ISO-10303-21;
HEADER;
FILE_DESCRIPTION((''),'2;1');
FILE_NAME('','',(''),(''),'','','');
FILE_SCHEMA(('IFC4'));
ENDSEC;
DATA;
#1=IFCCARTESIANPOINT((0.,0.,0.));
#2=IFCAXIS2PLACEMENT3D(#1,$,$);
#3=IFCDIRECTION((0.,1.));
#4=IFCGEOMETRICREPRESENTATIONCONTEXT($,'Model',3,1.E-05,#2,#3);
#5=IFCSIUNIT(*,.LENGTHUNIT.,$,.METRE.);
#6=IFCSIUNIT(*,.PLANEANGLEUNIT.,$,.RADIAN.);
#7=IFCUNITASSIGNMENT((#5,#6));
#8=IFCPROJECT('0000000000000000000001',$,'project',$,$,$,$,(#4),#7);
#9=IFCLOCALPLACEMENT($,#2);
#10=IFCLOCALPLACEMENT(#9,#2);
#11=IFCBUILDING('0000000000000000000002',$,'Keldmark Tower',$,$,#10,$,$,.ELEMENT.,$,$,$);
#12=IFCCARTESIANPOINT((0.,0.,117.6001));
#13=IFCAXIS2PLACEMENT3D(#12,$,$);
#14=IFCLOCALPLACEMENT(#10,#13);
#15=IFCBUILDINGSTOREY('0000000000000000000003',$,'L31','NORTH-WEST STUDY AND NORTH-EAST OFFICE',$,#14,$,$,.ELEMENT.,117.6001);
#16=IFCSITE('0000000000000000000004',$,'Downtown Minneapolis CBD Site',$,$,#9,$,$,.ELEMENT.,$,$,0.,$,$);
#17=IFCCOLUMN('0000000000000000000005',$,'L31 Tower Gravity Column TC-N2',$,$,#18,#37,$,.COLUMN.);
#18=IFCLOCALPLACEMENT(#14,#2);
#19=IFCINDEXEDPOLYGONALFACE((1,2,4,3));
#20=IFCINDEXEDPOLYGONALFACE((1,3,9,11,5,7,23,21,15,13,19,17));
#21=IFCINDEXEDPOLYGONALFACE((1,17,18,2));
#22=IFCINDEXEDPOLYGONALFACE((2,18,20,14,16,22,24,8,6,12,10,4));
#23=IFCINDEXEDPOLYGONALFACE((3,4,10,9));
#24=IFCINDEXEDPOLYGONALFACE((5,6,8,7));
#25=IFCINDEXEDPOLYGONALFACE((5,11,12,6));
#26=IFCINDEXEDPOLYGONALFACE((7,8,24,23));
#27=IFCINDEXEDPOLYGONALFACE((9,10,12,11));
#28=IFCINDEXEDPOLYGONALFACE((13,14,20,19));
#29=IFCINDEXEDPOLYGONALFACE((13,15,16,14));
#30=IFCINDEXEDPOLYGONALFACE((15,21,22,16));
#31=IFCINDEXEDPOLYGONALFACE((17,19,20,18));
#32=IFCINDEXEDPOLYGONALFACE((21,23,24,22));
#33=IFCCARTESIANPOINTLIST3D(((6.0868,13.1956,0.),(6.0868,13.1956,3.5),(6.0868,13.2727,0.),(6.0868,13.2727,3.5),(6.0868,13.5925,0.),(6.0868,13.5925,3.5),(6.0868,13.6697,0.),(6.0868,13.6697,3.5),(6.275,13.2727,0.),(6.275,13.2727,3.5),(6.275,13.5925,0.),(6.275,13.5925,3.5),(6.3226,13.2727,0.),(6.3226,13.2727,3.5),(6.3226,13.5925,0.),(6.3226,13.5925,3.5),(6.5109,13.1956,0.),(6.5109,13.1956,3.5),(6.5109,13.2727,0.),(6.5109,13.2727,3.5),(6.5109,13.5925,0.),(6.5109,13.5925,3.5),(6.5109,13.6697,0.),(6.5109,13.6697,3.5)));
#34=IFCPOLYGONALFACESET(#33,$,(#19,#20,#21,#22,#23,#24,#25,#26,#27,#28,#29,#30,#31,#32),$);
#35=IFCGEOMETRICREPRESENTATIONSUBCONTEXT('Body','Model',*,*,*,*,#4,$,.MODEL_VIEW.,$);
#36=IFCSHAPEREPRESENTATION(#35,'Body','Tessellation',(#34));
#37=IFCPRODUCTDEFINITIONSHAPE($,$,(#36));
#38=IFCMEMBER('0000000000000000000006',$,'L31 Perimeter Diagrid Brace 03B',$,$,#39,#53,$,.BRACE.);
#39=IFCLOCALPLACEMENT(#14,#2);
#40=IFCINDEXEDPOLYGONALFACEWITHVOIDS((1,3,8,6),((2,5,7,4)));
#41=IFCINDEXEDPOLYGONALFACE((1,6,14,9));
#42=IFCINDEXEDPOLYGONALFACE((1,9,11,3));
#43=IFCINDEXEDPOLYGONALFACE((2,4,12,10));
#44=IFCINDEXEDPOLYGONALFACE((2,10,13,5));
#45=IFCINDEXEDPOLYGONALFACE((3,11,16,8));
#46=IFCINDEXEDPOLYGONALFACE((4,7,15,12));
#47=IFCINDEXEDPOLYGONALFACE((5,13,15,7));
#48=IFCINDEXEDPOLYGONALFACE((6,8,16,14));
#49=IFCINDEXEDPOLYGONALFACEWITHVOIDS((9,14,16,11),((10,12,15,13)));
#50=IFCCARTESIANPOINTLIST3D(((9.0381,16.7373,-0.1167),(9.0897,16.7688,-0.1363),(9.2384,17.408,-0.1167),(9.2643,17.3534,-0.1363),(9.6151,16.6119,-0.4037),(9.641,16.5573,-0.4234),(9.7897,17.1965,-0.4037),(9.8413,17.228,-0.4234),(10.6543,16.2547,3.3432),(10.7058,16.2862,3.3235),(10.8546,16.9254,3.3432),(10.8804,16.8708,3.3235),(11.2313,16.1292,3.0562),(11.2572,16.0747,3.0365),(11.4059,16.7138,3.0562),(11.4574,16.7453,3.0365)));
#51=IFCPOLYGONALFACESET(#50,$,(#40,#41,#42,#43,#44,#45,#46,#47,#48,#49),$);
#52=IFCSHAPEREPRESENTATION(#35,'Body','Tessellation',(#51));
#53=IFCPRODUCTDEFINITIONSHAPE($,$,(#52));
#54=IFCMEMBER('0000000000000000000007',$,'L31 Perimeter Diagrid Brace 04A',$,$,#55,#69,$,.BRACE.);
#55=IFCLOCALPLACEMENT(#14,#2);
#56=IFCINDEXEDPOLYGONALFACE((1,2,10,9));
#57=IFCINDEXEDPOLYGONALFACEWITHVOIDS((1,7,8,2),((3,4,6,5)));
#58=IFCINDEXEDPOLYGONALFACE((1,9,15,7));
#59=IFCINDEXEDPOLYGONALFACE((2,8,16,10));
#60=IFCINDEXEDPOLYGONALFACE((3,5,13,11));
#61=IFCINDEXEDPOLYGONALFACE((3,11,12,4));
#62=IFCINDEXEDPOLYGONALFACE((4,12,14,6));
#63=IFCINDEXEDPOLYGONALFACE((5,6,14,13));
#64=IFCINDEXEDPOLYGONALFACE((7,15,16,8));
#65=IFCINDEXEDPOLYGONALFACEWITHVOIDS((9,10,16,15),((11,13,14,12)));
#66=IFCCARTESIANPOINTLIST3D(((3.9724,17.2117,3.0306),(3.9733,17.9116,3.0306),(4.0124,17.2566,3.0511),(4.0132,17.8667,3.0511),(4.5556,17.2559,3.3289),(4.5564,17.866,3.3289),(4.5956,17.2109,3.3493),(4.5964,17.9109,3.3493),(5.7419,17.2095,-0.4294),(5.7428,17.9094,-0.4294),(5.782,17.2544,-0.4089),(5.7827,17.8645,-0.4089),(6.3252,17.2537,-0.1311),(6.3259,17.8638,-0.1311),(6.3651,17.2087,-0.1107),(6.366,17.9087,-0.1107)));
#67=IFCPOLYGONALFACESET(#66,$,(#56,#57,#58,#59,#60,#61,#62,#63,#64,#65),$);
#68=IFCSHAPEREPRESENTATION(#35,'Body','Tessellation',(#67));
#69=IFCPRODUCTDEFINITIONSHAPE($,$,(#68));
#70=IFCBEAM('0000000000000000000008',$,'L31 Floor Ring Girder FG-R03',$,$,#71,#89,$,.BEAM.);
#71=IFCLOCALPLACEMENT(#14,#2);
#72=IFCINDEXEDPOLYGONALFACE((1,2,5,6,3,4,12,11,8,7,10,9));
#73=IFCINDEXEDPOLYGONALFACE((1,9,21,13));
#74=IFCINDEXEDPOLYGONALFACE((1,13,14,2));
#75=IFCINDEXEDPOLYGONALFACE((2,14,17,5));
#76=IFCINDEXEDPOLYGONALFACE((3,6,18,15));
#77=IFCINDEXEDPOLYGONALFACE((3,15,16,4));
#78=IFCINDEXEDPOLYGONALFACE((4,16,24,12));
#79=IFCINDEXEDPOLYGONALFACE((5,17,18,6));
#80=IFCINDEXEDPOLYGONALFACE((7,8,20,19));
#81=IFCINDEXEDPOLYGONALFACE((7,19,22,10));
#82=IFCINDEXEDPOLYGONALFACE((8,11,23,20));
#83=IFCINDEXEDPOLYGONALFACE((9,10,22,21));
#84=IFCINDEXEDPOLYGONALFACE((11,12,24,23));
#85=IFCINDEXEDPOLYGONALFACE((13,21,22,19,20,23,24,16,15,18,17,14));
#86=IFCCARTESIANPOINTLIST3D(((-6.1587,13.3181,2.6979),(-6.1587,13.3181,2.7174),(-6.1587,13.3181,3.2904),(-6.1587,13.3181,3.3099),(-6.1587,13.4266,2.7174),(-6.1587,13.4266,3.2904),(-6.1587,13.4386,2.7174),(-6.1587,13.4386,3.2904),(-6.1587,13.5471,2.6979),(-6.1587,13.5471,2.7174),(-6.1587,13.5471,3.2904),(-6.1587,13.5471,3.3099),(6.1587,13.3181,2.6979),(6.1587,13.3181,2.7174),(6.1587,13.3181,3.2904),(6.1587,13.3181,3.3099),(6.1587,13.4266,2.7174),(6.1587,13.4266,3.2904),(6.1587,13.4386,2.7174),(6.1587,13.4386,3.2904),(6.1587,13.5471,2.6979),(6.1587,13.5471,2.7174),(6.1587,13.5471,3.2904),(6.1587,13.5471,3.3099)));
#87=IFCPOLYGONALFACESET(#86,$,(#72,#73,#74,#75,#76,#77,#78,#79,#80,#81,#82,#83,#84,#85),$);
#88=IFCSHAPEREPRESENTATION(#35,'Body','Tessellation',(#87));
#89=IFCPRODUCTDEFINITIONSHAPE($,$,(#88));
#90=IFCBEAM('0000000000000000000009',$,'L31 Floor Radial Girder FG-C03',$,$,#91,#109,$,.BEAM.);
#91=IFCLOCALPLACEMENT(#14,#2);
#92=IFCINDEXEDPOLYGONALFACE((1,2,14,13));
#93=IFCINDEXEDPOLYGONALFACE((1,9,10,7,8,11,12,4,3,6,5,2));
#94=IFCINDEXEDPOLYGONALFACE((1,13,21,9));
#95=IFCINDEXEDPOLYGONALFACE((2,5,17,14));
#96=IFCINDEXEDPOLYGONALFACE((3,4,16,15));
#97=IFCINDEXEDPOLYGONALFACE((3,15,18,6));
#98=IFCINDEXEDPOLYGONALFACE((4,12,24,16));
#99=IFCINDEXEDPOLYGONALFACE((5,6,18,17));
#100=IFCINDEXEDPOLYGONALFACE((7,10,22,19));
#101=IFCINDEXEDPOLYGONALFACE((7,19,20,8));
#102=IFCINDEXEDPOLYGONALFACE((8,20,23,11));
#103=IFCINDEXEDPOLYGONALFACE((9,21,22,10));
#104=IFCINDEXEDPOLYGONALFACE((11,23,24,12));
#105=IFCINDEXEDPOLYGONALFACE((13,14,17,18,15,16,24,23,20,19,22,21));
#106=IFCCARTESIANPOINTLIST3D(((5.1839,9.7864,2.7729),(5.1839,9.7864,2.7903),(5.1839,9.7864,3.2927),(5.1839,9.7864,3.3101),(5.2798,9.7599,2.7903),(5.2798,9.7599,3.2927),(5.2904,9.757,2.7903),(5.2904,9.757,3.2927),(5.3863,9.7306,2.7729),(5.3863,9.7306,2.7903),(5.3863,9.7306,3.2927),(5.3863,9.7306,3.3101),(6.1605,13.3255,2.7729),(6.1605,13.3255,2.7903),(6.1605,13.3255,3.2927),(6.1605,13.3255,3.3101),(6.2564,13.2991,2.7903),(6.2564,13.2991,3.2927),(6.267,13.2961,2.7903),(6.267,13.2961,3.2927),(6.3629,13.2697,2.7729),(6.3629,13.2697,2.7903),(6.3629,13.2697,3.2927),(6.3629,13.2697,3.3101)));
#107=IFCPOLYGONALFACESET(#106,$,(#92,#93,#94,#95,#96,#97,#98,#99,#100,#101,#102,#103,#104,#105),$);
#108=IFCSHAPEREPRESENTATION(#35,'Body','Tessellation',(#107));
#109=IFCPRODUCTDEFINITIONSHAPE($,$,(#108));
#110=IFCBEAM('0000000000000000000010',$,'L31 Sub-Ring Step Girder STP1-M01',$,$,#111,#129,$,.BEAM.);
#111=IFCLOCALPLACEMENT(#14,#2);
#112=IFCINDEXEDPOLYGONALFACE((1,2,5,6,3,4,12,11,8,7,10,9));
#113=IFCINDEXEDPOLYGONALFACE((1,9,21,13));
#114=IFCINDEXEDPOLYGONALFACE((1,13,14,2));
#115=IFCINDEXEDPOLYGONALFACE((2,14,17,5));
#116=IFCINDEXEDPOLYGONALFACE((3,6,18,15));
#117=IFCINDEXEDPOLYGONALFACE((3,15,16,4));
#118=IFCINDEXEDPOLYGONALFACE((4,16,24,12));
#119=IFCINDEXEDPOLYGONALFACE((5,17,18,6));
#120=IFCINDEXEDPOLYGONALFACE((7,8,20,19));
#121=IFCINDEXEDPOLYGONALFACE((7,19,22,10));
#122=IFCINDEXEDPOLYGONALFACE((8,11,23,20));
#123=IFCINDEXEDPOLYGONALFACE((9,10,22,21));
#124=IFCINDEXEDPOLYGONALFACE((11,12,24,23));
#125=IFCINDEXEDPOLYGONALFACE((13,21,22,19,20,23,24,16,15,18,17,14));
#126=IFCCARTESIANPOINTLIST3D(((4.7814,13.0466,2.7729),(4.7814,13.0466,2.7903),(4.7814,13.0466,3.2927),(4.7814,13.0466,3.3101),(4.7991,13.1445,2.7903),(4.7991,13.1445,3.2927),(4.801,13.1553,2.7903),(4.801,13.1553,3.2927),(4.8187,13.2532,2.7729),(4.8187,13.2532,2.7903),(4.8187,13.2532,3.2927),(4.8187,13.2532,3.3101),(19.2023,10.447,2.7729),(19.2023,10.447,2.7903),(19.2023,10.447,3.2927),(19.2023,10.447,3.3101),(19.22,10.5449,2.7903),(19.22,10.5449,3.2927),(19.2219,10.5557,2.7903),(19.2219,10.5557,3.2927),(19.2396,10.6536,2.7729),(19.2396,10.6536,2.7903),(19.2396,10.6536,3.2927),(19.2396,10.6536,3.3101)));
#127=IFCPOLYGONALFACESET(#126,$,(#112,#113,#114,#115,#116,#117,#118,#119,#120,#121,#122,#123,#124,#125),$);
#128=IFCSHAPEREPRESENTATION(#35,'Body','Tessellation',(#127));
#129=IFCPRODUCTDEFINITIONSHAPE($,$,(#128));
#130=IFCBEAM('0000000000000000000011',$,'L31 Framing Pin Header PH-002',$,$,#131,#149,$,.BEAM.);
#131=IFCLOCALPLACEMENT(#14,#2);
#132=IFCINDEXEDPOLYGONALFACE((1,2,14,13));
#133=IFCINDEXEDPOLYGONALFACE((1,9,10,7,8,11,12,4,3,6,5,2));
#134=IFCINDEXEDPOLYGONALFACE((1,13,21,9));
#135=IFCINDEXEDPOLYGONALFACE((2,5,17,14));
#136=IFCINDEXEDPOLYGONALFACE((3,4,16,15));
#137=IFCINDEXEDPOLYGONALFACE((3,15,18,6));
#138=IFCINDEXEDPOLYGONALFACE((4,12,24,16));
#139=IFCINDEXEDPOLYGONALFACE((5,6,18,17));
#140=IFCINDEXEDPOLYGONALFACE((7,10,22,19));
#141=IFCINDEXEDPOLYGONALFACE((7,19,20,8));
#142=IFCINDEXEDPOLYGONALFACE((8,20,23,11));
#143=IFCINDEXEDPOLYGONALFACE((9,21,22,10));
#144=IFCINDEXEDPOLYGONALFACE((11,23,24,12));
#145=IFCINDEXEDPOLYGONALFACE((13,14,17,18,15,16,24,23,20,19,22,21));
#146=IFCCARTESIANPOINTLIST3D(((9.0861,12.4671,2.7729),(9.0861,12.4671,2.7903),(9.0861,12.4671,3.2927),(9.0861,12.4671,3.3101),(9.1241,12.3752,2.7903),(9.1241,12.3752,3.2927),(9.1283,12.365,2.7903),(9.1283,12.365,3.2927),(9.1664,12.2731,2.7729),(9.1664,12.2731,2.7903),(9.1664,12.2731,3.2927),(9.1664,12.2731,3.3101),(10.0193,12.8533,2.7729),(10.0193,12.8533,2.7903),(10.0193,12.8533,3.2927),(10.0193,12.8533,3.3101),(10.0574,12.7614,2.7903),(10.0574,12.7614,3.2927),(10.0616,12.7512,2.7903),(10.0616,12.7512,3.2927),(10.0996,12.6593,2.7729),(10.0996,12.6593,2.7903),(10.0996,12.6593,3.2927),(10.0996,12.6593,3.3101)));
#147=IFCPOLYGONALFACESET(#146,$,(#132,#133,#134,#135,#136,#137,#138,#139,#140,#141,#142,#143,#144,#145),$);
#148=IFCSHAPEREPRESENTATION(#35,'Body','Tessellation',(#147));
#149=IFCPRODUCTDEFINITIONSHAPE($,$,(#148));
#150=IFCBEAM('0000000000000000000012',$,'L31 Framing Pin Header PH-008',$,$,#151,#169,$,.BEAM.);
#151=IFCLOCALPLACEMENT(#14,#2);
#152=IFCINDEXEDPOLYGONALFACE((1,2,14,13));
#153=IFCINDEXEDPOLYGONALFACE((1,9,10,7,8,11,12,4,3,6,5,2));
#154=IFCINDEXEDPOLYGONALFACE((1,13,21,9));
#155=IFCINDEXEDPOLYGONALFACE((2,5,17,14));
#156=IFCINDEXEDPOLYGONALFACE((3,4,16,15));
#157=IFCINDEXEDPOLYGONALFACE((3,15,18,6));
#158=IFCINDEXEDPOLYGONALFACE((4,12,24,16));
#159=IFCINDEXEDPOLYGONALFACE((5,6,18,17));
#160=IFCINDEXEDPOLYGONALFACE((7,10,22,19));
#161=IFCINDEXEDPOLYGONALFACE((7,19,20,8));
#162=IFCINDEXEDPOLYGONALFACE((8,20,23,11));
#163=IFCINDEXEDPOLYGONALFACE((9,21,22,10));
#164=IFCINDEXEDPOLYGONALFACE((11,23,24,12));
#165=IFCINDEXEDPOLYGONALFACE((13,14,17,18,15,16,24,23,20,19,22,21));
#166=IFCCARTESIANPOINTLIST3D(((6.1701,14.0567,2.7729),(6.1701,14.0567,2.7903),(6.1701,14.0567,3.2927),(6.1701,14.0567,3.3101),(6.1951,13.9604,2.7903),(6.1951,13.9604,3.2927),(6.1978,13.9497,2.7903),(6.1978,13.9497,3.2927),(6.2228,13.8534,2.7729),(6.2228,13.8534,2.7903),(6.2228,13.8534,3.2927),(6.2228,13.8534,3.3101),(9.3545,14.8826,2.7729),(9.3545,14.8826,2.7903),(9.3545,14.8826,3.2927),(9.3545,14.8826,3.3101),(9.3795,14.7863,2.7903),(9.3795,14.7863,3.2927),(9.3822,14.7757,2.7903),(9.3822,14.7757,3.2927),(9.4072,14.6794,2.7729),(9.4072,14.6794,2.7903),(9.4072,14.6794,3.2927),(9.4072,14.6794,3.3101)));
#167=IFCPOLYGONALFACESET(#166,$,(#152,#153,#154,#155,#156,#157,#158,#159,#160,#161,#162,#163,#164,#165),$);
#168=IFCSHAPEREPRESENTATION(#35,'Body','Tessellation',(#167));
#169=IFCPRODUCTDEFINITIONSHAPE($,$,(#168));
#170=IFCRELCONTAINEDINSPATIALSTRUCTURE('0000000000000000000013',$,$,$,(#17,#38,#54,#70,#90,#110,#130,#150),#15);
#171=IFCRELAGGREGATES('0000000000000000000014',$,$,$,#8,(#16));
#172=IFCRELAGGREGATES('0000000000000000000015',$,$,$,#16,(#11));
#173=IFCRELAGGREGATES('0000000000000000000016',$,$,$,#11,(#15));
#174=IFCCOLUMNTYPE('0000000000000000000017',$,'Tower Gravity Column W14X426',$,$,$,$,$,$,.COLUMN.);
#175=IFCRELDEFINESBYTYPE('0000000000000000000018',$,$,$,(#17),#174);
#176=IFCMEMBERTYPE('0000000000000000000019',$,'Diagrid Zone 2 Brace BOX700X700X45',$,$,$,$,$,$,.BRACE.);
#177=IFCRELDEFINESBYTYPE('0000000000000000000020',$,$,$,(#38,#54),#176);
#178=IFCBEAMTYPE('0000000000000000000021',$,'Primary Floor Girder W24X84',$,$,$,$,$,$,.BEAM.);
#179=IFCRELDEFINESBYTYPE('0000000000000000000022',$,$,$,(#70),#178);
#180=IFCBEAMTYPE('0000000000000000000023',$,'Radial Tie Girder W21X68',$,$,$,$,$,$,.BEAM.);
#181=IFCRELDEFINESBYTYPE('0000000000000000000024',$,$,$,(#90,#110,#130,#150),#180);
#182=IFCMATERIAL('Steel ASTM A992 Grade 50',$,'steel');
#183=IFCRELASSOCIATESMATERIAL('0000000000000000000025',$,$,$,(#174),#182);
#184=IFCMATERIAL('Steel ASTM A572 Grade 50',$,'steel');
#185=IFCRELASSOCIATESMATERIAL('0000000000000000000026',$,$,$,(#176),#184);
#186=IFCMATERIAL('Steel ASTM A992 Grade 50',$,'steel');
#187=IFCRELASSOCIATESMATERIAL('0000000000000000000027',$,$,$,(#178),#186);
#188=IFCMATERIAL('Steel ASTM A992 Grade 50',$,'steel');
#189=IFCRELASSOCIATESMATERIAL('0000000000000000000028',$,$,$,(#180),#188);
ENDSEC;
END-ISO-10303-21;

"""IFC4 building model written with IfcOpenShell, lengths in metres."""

from ifc_helpers import new_model, si_unit, direction, frame, origin, origin_2d, place, context, subcontext, project, spatial, hollow_rectangle, i_section, extrude, material, material_profile, profile_set, type_object, element, save


model = new_model("IFC4")

# Units and contexts
model_context = context("Model", 3, precision=1e-05, world=origin(), true_north=direction((0.0, 1.0)))
body_context = subcontext(model_context, "Body", "Model", "MODEL_VIEW")
ifc_project = project(units=[si_unit("LENGTHUNIT", "METRE"), si_unit("PLANEANGLEUNIT", "RADIAN")], contexts=[model_context])

# Site, building, storey
site_placement = place(None, origin())
site = spatial("IfcSite", under=ifc_project, at=site_placement, Name="Downtown Minneapolis CBD Site", CompositionType="ELEMENT", RefElevation=0.0)
building_placement = place(site_placement, origin())
building = spatial("IfcBuilding", under=site, at=building_placement, Name="Keldmark Tower", CompositionType="ELEMENT")
storey_placement = place(building_placement, frame((0.0, 0.0, 117.6001)))
storey = spatial("IfcBuildingStorey", under=building, at=storey_placement, Name="L31", Description="NORTH-WEST STUDY AND NORTH-EAST OFFICE", CompositionType="ELEMENT", Elevation=117.6001)

# Column
ifc_material_1 = material(Name="Steel ASTM A992 Grade 50", Category="steel")
ifc_material_profile_1 = material_profile(ifc_material_1, i_section(OverallWidth=0.4241, OverallDepth=0.4741, WebThickness=0.0476, FlangeThickness=0.0771, at=origin_2d()), Name="W14X426")
ifc_profile_set_1 = profile_set([ifc_material_profile_1], Name="Steel ASTM A992 Grade 50")
column_type = type_object("IfcColumnType", Name="Tower Gravity Column W14X426", PredefinedType="COLUMN", material=ifc_profile_set_1)
column_placement = place(storey_placement, frame((6.2988, 13.4326, 0.0), z_axis=(0.0, 0.0, 1.0), x_axis=(1.0, 0.0, 0.0)))
element("IfcColumn", 1, at=column_placement, inside=storey, type_object=column_type, Name="L31 Tower Gravity Column TC-N2", PredefinedType="COLUMN", context=body_context, shape_type="SweptSolid", body=[
    extrude(i_section(OverallWidth=0.4241, OverallDepth=0.4741, WebThickness=0.0476, FlangeThickness=0.0771, at=origin_2d()), origin(), (0.0, 0.0, 1.0), 3.5),
])

# Members
ifc_material_2 = material(Name="Steel ASTM A572 Grade 50", Category="steel")
ifc_material_profile_2 = material_profile(ifc_material_2, hollow_rectangle(XDim=0.7, YDim=0.7, WallThickness=0.0449, at=origin_2d()), Name="BOX700X700X45")
ifc_profile_set_2 = profile_set([ifc_material_profile_2], Name="Steel ASTM A572 Grade 50")
member_type = type_object("IfcMemberType", Name="Diagrid Zone 2 Brace BOX700X700X45", PredefinedType="BRACE", material=ifc_profile_set_2)
member_1_placement = place(storey_placement, frame((9.4397, 16.9827, -0.27), z_axis=(0.419881, -0.125393, 0.898875), x_axis=(0.286153, 0.958184, 0.0)))
element("IfcMember", 2, at=member_1_placement, inside=storey, type_object=member_type, Name="L31 Perimeter Diagrid Brace 03B", PredefinedType="BRACE", context=body_context, shape_type="SweptSolid", body=[
    extrude(hollow_rectangle(XDim=0.7, YDim=0.7, WallThickness=0.0449, at=origin_2d()), origin(), (0.0, 0.0, 1.0), 3.8491),
])
member_2_placement = place(storey_placement, frame((6.054, 17.5591, -0.27), z_axis=(-0.455337, 0.000565, 0.890319), x_axis=(-0.001242, -0.999999, 0.0)))
element("IfcMember", 3, at=member_2_placement, inside=storey, type_object=member_type, Name="L31 Perimeter Diagrid Brace 04A", PredefinedType="BRACE", context=body_context, shape_type="SweptSolid", body=[
    extrude(hollow_rectangle(XDim=0.7, YDim=0.7, WallThickness=0.0449, at=origin_2d()), origin(), (0.0, 0.0, 1.0), 3.8862),
])

# Beams
ifc_material_3 = material(Name="Steel ASTM A992 Grade 50", Category="steel")
ifc_material_profile_3 = material_profile(ifc_material_3, i_section(OverallWidth=0.229, OverallDepth=0.6121, WebThickness=0.012, FlangeThickness=0.0195, at=origin_2d()), Name="W24X84")
ifc_profile_set_3 = profile_set([ifc_material_profile_3], Name="Steel ASTM A992 Grade 50")
beam_type_1 = type_object("IfcBeamType", Name="Primary Floor Girder W24X84", PredefinedType="BEAM", material=ifc_profile_set_3)
beam_1_placement = place(storey_placement, frame((6.1587, 13.4326, 3.0039), z_axis=(-1.0, 0.0, 0.0), x_axis=(0.0, -1.0, 0.0)))
element("IfcBeam", 4, at=beam_1_placement, inside=storey, type_object=beam_type_1, Name="L31 Floor Ring Girder FG-R03", PredefinedType="BEAM", context=body_context, shape_type="SweptSolid", body=[
    extrude(i_section(OverallWidth=0.229, OverallDepth=0.6121, WebThickness=0.012, FlangeThickness=0.0195, at=origin_2d()), origin(), (0.0, 0.0, 1.0), 12.3174),
])
ifc_material_4 = material(Name="Steel ASTM A992 Grade 50", Category="steel")
ifc_material_profile_4 = material_profile(ifc_material_4, i_section(OverallWidth=0.21, OverallDepth=0.5371, WebThickness=0.011, FlangeThickness=0.0173, at=origin_2d()), Name="W21X68")
ifc_profile_set_4 = profile_set([ifc_material_profile_4], Name="Steel ASTM A992 Grade 50")
beam_type_2 = type_object("IfcBeamType", Name="Radial Tie Girder W21X68", PredefinedType="BEAM", material=ifc_profile_set_4)
beam_2_placement = place(storey_placement, frame((6.2617, 13.2976, 3.0415), z_axis=(-0.265997, -0.963974, 0.0), x_axis=(0.963974, -0.265997, 0.0)))
element("IfcBeam", 5, at=beam_2_placement, inside=storey, type_object=beam_type_2, Name="L31 Floor Radial Girder FG-C03", PredefinedType="BEAM", context=body_context, shape_type="SweptSolid", body=[
    extrude(i_section(OverallWidth=0.21, OverallDepth=0.5371, WebThickness=0.011, FlangeThickness=0.0173, at=origin_2d()), origin(), (0.0, 0.0, 1.0), 3.6714),
])
beam_3_placement = place(storey_placement, frame((4.8, 13.1499, 3.0415), z_axis=(0.984138, -0.177407, 0.0), x_axis=(0.177407, 0.984138, 0.0)))
element("IfcBeam", 6, at=beam_3_placement, inside=storey, type_object=beam_type_2, Name="L31 Sub-Ring Step Girder STP1-M01", PredefinedType="BEAM", context=body_context, shape_type="SweptSolid", body=[
    extrude(i_section(OverallWidth=0.21, OverallDepth=0.5371, WebThickness=0.011, FlangeThickness=0.0173, at=origin_2d()), origin(), (0.0, 0.0, 1.0), 14.6533),
])
beam_4_placement = place(storey_placement, frame((9.1262, 12.3701, 3.0415), z_axis=(0.924011, 0.382366, 0.0), x_axis=(-0.382366, 0.924011, 0.0)))
element("IfcBeam", 7, at=beam_4_placement, inside=storey, type_object=beam_type_2, Name="L31 Framing Pin Header PH-002", PredefinedType="BEAM", context=body_context, shape_type="SweptSolid", body=[
    extrude(i_section(OverallWidth=0.21, OverallDepth=0.5371, WebThickness=0.011, FlangeThickness=0.0173, at=origin_2d()), origin(), (0.0, 0.0, 1.0), 1.01),
])
beam_5_placement = place(storey_placement, frame((9.3809, 14.781, 3.0415), z_axis=(-0.96797, -0.251065, 0.0), x_axis=(0.251065, -0.96797, 0.0)))
element("IfcBeam", 8, at=beam_5_placement, inside=storey, type_object=beam_type_2, Name="L31 Framing Pin Header PH-008", PredefinedType="BEAM", context=body_context, shape_type="SweptSolid", body=[
    extrude(i_section(OverallWidth=0.21, OverallDepth=0.5371, WebThickness=0.011, FlangeThickness=0.0173, at=origin_2d()), origin(), (0.0, 0.0, 1.0), 3.2898),
])

save(model, "model.ifc")
